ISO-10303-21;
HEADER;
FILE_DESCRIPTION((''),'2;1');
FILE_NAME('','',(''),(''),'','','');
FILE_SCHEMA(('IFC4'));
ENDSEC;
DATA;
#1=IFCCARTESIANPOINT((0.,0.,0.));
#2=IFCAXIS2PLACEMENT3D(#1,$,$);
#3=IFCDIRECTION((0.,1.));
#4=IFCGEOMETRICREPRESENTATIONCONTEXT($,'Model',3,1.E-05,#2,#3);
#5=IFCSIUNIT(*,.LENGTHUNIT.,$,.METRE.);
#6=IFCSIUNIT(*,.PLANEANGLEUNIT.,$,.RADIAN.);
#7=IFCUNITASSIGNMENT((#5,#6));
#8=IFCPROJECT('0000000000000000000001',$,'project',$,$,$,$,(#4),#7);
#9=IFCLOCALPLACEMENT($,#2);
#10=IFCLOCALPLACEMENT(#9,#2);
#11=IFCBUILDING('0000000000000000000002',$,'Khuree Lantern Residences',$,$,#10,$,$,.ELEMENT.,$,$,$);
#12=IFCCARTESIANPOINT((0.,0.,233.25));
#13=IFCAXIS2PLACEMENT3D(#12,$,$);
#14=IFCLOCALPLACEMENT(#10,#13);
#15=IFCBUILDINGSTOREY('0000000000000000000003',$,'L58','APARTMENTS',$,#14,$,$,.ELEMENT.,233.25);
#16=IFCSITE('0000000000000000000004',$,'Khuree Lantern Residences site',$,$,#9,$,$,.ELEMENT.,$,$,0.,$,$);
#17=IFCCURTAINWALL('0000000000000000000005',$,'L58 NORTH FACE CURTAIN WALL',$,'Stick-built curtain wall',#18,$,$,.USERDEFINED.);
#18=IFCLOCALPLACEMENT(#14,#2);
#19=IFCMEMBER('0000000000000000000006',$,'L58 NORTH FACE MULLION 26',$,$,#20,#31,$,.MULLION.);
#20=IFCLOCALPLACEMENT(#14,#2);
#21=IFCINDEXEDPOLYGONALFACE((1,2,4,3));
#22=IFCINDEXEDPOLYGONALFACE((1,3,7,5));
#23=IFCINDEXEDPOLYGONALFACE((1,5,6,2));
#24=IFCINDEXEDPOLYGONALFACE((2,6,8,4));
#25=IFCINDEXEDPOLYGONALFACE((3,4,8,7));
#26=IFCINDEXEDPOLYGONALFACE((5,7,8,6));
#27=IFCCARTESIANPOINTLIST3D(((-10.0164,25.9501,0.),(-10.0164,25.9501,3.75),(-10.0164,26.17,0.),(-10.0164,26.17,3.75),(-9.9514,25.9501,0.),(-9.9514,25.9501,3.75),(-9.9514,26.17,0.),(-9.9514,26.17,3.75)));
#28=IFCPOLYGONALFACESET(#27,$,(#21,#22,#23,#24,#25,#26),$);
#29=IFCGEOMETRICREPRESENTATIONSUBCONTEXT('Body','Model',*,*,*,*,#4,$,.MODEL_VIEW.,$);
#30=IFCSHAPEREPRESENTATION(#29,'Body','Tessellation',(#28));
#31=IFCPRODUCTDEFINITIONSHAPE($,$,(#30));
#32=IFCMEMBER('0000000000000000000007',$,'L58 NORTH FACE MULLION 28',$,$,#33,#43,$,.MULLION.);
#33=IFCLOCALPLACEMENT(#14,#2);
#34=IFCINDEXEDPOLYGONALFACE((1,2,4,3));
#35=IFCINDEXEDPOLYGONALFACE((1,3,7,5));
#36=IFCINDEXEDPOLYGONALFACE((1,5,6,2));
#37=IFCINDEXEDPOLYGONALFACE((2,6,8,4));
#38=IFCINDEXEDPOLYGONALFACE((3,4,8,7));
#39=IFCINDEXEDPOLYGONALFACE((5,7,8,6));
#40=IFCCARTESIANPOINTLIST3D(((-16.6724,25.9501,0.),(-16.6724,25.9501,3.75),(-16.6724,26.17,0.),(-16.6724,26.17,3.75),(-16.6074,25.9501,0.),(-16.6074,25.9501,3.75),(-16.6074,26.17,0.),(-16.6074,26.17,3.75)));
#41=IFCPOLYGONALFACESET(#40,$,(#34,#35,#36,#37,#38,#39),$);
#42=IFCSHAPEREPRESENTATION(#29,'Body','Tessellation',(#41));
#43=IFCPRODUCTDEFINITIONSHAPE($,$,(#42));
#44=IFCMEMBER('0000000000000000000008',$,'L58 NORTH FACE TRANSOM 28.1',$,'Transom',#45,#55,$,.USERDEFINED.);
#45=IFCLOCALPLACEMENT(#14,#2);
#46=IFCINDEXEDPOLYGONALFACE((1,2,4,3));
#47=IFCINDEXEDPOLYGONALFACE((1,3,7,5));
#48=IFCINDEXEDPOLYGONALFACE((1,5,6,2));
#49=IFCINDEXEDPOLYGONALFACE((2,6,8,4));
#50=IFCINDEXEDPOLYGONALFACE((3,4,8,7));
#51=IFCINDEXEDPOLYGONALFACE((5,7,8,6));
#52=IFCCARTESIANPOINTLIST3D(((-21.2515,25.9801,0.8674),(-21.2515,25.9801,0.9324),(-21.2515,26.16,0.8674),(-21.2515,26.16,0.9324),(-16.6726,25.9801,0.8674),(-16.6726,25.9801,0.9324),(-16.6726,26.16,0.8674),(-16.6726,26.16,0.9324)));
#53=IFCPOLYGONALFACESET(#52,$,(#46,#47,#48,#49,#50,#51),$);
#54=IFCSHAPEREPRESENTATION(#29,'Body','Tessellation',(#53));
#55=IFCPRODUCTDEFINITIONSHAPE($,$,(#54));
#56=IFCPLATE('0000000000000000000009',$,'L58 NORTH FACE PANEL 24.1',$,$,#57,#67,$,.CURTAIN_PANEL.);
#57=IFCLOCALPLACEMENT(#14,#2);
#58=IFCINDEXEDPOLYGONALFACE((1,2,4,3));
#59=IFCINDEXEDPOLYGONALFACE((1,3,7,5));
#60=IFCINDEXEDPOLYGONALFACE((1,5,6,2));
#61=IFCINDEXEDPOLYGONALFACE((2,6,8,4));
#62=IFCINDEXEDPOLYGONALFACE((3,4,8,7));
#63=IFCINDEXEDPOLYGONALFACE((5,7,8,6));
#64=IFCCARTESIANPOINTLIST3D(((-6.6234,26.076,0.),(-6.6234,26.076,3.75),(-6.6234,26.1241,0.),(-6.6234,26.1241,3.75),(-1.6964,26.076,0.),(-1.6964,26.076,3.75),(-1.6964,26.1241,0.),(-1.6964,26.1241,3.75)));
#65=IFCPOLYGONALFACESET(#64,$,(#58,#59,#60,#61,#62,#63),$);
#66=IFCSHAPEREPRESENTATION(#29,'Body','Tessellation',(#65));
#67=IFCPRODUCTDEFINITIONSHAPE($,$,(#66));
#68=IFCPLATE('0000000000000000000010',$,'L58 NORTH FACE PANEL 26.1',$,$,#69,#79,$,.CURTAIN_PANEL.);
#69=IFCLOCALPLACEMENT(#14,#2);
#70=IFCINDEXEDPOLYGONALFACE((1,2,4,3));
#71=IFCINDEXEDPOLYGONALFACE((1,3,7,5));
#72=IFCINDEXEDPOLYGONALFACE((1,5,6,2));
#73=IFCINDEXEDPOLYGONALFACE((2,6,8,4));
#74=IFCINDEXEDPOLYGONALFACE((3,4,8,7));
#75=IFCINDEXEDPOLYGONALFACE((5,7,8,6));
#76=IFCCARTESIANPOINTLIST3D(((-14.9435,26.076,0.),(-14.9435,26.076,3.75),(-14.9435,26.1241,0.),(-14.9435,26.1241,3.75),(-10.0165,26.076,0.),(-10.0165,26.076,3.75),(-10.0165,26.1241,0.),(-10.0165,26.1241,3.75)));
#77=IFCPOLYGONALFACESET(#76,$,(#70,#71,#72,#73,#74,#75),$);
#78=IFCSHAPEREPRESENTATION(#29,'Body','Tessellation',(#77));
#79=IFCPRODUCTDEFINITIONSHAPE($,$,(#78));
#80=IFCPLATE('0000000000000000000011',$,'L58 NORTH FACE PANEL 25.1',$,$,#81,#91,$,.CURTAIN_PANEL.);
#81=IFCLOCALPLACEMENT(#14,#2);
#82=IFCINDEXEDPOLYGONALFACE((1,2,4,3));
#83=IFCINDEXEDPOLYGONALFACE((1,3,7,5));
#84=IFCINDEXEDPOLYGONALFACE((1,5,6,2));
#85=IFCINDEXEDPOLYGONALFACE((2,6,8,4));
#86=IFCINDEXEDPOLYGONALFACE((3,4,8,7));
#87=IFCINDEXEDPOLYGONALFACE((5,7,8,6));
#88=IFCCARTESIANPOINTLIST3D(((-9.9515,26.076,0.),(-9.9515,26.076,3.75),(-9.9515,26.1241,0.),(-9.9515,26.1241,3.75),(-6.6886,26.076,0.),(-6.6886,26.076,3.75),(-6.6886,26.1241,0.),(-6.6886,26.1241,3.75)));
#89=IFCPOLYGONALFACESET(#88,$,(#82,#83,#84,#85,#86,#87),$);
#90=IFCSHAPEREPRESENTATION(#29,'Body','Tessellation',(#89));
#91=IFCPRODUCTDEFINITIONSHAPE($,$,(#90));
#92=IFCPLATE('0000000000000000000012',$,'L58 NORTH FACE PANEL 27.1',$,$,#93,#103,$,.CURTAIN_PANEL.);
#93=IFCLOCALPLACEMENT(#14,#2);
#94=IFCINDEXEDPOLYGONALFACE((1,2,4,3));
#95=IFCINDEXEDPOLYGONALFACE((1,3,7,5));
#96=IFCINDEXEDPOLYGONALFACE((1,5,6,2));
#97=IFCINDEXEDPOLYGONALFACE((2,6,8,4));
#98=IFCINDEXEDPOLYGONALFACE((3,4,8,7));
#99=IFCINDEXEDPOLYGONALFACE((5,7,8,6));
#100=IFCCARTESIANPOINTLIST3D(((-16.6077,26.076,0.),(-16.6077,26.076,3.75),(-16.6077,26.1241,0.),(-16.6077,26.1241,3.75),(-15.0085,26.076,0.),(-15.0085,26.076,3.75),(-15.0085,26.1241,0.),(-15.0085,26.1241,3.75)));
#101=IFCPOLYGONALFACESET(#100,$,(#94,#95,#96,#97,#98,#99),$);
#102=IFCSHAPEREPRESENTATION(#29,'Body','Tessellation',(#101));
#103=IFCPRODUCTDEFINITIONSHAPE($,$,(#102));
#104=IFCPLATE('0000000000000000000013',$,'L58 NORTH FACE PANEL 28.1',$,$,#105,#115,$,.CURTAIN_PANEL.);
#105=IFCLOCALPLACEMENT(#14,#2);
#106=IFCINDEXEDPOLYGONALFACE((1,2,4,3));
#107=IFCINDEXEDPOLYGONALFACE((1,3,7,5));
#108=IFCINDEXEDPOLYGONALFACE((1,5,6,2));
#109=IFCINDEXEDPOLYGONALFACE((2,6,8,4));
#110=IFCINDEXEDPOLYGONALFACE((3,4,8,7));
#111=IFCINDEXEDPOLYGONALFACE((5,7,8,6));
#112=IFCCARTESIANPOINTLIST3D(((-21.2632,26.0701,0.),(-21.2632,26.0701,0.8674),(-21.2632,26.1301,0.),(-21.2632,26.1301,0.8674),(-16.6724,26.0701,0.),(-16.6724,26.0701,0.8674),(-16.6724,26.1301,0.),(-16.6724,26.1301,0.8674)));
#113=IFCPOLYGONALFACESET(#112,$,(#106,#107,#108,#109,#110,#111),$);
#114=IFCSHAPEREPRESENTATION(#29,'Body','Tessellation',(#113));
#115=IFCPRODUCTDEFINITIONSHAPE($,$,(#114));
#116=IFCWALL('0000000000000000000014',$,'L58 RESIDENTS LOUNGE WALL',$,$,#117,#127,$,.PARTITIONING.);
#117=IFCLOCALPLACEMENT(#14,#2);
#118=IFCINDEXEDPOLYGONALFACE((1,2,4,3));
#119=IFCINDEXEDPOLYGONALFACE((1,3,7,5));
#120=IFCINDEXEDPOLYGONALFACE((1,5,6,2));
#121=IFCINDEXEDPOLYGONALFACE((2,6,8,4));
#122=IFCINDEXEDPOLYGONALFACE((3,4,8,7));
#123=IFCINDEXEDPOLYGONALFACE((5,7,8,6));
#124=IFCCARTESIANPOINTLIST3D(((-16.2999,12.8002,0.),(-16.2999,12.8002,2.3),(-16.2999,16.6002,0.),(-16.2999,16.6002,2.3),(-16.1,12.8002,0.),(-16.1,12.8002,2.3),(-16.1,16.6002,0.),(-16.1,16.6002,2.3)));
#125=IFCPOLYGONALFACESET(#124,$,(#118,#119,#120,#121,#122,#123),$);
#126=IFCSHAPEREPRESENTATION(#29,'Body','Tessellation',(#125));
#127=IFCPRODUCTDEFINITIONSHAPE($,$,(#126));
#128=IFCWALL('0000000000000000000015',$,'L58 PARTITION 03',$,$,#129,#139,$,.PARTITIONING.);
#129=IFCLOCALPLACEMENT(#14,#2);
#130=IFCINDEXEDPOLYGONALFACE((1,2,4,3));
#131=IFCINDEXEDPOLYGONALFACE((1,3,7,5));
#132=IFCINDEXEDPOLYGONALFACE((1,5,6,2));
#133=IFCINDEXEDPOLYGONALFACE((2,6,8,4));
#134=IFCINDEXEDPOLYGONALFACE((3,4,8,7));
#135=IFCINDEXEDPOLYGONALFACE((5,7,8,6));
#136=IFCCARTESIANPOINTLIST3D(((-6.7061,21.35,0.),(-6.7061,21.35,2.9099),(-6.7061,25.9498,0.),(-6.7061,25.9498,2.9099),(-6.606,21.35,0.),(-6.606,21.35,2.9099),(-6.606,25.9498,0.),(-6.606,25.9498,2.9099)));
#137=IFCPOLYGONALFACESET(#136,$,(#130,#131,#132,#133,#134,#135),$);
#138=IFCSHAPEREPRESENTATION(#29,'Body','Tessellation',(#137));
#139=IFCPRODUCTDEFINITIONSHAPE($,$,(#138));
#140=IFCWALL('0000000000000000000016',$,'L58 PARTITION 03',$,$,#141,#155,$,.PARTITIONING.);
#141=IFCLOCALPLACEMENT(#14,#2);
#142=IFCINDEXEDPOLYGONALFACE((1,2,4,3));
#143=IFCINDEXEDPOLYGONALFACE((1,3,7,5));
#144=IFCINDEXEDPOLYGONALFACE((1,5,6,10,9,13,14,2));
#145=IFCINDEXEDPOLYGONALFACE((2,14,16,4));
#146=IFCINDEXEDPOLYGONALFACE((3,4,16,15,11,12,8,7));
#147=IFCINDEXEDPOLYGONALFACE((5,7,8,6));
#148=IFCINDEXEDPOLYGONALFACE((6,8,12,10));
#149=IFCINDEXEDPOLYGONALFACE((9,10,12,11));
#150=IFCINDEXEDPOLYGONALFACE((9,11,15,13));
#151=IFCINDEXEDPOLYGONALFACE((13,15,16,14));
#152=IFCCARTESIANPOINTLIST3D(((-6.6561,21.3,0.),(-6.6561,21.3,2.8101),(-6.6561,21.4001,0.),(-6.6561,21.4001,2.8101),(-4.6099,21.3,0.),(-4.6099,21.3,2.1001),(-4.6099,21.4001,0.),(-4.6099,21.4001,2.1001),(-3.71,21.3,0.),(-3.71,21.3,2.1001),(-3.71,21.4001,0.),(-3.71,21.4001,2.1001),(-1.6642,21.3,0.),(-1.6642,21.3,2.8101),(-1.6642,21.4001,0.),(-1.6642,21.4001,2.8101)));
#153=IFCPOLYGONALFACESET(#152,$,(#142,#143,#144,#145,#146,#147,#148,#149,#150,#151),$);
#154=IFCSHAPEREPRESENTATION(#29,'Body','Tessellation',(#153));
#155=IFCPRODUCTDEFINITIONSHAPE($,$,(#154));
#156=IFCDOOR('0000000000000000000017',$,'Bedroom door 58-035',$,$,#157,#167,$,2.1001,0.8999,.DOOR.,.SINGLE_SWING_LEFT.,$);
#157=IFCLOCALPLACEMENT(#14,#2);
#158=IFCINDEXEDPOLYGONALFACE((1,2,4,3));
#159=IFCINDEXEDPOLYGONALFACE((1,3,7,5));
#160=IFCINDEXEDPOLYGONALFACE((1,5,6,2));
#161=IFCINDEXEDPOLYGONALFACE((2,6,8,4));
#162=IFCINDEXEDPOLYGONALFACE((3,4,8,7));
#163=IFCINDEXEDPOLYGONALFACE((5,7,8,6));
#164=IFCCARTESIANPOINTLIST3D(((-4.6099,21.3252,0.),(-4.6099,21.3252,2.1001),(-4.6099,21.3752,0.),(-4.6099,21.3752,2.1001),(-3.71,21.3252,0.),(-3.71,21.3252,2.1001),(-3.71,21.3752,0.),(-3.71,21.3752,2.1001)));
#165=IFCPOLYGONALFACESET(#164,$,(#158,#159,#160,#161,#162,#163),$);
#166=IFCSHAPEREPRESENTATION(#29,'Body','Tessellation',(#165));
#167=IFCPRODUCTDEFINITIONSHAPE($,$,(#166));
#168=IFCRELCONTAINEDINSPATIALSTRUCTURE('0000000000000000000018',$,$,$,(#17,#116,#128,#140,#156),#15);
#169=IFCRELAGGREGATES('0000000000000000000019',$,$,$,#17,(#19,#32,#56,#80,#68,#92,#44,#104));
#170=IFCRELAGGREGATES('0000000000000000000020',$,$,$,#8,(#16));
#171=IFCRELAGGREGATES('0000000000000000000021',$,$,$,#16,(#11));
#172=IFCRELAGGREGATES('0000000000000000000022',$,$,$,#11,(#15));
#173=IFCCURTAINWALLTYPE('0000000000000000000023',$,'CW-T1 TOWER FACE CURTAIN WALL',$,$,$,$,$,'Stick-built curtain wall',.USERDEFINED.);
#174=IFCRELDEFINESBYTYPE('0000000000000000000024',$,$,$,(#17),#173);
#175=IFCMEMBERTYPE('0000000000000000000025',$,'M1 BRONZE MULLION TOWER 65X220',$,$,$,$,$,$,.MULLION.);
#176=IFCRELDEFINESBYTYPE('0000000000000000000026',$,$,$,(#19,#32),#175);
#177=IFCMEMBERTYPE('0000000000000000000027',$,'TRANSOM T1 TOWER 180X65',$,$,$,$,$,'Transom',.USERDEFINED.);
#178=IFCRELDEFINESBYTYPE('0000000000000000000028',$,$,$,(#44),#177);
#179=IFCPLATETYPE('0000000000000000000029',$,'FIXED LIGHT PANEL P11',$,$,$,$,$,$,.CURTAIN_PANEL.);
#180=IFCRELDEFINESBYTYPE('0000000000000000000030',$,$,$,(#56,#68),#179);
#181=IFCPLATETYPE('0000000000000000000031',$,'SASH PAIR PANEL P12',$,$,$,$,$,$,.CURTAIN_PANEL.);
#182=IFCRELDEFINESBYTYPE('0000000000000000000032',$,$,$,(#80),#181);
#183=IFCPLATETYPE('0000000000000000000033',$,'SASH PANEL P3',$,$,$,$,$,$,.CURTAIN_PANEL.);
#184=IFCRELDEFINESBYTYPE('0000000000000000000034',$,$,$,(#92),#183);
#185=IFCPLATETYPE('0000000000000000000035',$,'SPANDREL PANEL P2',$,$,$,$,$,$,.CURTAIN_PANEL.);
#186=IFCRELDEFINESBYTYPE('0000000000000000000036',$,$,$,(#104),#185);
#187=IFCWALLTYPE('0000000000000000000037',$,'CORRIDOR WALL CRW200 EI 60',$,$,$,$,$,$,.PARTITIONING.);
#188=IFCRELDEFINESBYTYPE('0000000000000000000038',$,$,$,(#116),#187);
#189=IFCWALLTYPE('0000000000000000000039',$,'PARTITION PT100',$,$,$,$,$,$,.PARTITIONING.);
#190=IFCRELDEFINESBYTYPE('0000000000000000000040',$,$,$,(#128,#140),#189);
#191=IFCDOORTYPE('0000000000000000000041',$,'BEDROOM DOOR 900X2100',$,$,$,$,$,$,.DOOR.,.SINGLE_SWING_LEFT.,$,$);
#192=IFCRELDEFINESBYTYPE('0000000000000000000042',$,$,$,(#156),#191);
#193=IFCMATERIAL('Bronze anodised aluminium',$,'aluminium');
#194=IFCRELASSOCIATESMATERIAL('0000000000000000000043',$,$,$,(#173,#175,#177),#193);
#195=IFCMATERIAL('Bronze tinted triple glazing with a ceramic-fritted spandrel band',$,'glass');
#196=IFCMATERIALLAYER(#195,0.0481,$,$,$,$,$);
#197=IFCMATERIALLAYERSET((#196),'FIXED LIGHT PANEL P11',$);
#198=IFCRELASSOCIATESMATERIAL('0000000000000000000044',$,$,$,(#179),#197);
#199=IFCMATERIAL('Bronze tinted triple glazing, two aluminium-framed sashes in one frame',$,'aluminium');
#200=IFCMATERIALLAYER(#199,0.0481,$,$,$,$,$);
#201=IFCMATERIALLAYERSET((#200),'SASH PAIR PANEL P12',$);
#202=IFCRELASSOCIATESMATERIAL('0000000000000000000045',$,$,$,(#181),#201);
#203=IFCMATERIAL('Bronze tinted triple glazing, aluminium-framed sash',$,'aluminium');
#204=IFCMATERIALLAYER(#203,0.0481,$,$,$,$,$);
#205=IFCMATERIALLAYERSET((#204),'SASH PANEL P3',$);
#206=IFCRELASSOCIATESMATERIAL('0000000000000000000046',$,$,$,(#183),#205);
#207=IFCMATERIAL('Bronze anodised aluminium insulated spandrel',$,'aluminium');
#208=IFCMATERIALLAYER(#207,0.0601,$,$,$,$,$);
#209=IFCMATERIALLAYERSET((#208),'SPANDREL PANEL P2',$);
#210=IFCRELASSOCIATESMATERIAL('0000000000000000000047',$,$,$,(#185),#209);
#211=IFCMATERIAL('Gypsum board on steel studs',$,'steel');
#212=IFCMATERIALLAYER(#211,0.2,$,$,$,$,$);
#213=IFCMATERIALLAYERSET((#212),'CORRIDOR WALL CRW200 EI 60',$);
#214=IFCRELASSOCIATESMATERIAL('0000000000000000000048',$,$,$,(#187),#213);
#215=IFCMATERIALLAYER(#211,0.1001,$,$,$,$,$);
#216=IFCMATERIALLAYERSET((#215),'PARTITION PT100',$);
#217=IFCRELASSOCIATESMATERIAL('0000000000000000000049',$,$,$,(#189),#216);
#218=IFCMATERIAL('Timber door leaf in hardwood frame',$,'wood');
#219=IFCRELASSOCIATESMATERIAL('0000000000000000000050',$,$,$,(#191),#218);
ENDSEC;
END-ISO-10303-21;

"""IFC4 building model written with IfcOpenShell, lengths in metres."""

from ifc_helpers import new_model, si_unit, direction, frame, frame_2d, origin, origin_2d, place, context, subcontext, project, spatial, rectangle, extrude, material, layer, layer_set, material_profile, profile_set, type_object, element, fill, aggregate, save


model = new_model("IFC4")

# Units and contexts
model_context = context("Model", 3, precision=1e-05, world=origin(), true_north=direction((0.0, 1.0)))
body_context = subcontext(model_context, "Body", "Model", "MODEL_VIEW")
ifc_project = project(units=[si_unit("LENGTHUNIT", "METRE"), si_unit("PLANEANGLEUNIT", "RADIAN")], contexts=[model_context])

# Site, building, storey
site_placement = place(None, origin())
site = spatial("IfcSite", under=ifc_project, at=site_placement, Name="Khuree Lantern Residences site", CompositionType="ELEMENT", RefElevation=0.0)
building_placement = place(site_placement, origin())
building = spatial("IfcBuilding", under=site, at=building_placement, Name="Khuree Lantern Residences", CompositionType="ELEMENT")
storey_placement = place(building_placement, frame((0.0, 0.0, 233.25)))
storey = spatial("IfcBuildingStorey", under=building, at=storey_placement, Name="L58", Description="APARTMENTS", CompositionType="ELEMENT", Elevation=233.25)

# Curtain wall
ifc_material_1 = material(Name="Bronze anodised aluminium", Category="aluminium")
curtain_wall_type = type_object("IfcCurtainWallType", Name="CW-T1 TOWER FACE CURTAIN WALL", ElementType="Stick-built curtain wall", PredefinedType="USERDEFINED", material=ifc_material_1)
curtain_wall_placement = place(storey_placement, origin())
curtain_wall = element("IfcCurtainWall", 1, at=curtain_wall_placement, inside=storey, type_object=curtain_wall_type, Name="L58 NORTH FACE CURTAIN WALL", ObjectType="Stick-built curtain wall", PredefinedType="USERDEFINED")

# Members
ifc_material_profile_1 = material_profile(ifc_material_1, rectangle(XDim=0.0649, YDim=0.22, at=origin_2d()), Name="M1 65X220")
ifc_profile_set_1 = profile_set([ifc_material_profile_1], Name="Bronze anodised aluminium")
member_type_1 = type_object("IfcMemberType", Name="M1 BRONZE MULLION TOWER 65X220", PredefinedType="MULLION", material=ifc_profile_set_1)
member_1_placement = place(storey_placement, frame((-9.9839, 26.0601, 0.0), z_axis=(0.0, 0.0, 1.0), x_axis=(-1.0, 0.0, 0.0)))
member_1 = element("IfcMember", 2, at=member_1_placement, type_object=member_type_1, Name="L58 NORTH FACE MULLION 26", PredefinedType="MULLION", context=body_context, shape_type="SweptSolid", body=[
    extrude(rectangle(XDim=0.0649, YDim=0.22, at=origin_2d()), origin(), (0.0, 0.0, 1.0), 3.75),
])
member_2_placement = place(storey_placement, frame((-16.6399, 26.0601, 0.0), z_axis=(0.0, 0.0, 1.0), x_axis=(-1.0, 0.0, 0.0)))
member_2 = element("IfcMember", 3, at=member_2_placement, type_object=member_type_1, Name="L58 NORTH FACE MULLION 28", PredefinedType="MULLION", context=body_context, shape_type="SweptSolid", body=[
    extrude(rectangle(XDim=0.0649, YDim=0.22, at=origin_2d()), origin(), (0.0, 0.0, 1.0), 3.75),
])
ifc_material_profile_2 = material_profile(ifc_material_1, rectangle(XDim=0.1799, YDim=0.0649, at=origin_2d()), Name="T1 180X65")
ifc_profile_set_2 = profile_set([ifc_material_profile_2], Name="Bronze anodised aluminium")
member_type_2 = type_object("IfcMemberType", Name="TRANSOM T1 TOWER 180X65", ElementType="Transom", PredefinedType="USERDEFINED", material=ifc_profile_set_2)
member_3_placement = place(storey_placement, frame((-16.6726, 26.0701, 0.8999), z_axis=(-1.0, 0.0, 0.0), x_axis=(0.0, -1.0, 0.0)))
member_3 = element("IfcMember", 4, at=member_3_placement, type_object=member_type_2, Name="L58 NORTH FACE TRANSOM 28.1", ObjectType="Transom", PredefinedType="USERDEFINED", context=body_context, shape_type="SweptSolid", body=[
    extrude(rectangle(XDim=0.1799, YDim=0.0649, at=origin_2d()), origin(), (0.0, 0.0, 1.0), 4.5789),
])

# Plates
ifc_material_2 = material(Name="Bronze tinted triple glazing with a ceramic-fritted spandrel band", Category="glass")
ifc_layer_1 = layer(ifc_material_2, 0.0481)
ifc_layer_set_1 = layer_set([ifc_layer_1], Name="FIXED LIGHT PANEL P11")
plate_type_1 = type_object("IfcPlateType", Name="FIXED LIGHT PANEL P11", PredefinedType="CURTAIN_PANEL", material=ifc_layer_set_1)
plate_1_placement = place(storey_placement, frame((-4.1599, 26.1001, 0.0), z_axis=(0.0, 0.0, 1.0), x_axis=(-1.0, 0.0, 0.0)))
plate_1 = element("IfcPlate", 5, at=plate_1_placement, type_object=plate_type_1, Name="L58 NORTH FACE PANEL 24.1", PredefinedType="CURTAIN_PANEL", context=body_context, shape_type="SweptSolid", body=[
    extrude(rectangle(XDim=4.927, YDim=0.0481, at=origin_2d()), origin(), (0.0, 0.0, 1.0), 3.75),
])
plate_2_placement = place(storey_placement, frame((-12.48, 26.1001, 0.0), z_axis=(0.0, 0.0, 1.0), x_axis=(-1.0, 0.0, 0.0)))
plate_2 = element("IfcPlate", 6, at=plate_2_placement, type_object=plate_type_1, Name="L58 NORTH FACE PANEL 26.1", PredefinedType="CURTAIN_PANEL", context=body_context, shape_type="SweptSolid", body=[
    extrude(rectangle(XDim=4.927, YDim=0.0481, at=origin_2d()), origin(), (0.0, 0.0, 1.0), 3.75),
])
ifc_material_3 = material(Name="Bronze tinted triple glazing, two aluminium-framed sashes in one frame", Category="aluminium")
ifc_layer_2 = layer(ifc_material_3, 0.0481)
ifc_layer_set_2 = layer_set([ifc_layer_2], Name="SASH PAIR PANEL P12")
plate_type_2 = type_object("IfcPlateType", Name="SASH PAIR PANEL P12", PredefinedType="CURTAIN_PANEL", material=ifc_layer_set_2)
plate_3_placement = place(storey_placement, frame((-8.3201, 26.1001, 0.0), z_axis=(0.0, 0.0, 1.0), x_axis=(-1.0, 0.0, 0.0)))
plate_3 = element("IfcPlate", 7, at=plate_3_placement, type_object=plate_type_2, Name="L58 NORTH FACE PANEL 25.1", PredefinedType="CURTAIN_PANEL", context=body_context, shape_type="SweptSolid", body=[
    extrude(rectangle(XDim=3.2629, YDim=0.0481, at=origin_2d()), origin(), (0.0, 0.0, 1.0), 3.75),
])
ifc_material_4 = material(Name="Bronze tinted triple glazing, aluminium-framed sash", Category="aluminium")
ifc_layer_3 = layer(ifc_material_4, 0.0481)
ifc_layer_set_3 = layer_set([ifc_layer_3], Name="SASH PANEL P3")
plate_type_3 = type_object("IfcPlateType", Name="SASH PANEL P3", PredefinedType="CURTAIN_PANEL", material=ifc_layer_set_3)
plate_4_placement = place(storey_placement, frame((-15.8081, 26.1001, 0.0), z_axis=(0.0, 0.0, 1.0), x_axis=(-1.0, 0.0, 0.0)))
plate_4 = element("IfcPlate", 8, at=plate_4_placement, type_object=plate_type_3, Name="L58 NORTH FACE PANEL 27.1", PredefinedType="CURTAIN_PANEL", context=body_context, shape_type="SweptSolid", body=[
    extrude(rectangle(XDim=1.5991, YDim=0.0481, at=origin_2d()), origin(), (0.0, 0.0, 1.0), 3.75),
])
ifc_material_5 = material(Name="Bronze anodised aluminium insulated spandrel", Category="aluminium")
ifc_layer_4 = layer(ifc_material_5, 0.0601)
ifc_layer_set_4 = layer_set([ifc_layer_4], Name="SPANDREL PANEL P2")
plate_type_4 = type_object("IfcPlateType", Name="SPANDREL PANEL P2", PredefinedType="CURTAIN_PANEL", material=ifc_layer_set_4)
plate_5_placement = place(storey_placement, frame((-18.9678, 26.1001, 0.0), z_axis=(0.0, 0.0, 1.0), x_axis=(-1.0, 0.0, 0.0)))
plate_5 = element("IfcPlate", 9, at=plate_5_placement, type_object=plate_type_4, Name="L58 NORTH FACE PANEL 28.1", PredefinedType="CURTAIN_PANEL", context=body_context, shape_type="SweptSolid", body=[
    extrude(rectangle(XDim=4.5908, YDim=0.0601, at=origin_2d()), origin(), (0.0, 0.0, 1.0), 0.8674),
])
aggregate(curtain_wall, [member_1, member_2, plate_1, plate_3, plate_2, plate_4, member_3, plate_5])

# Walls
ifc_material_6 = material(Name="Gypsum board on steel studs", Category="steel")
ifc_layer_5 = layer(ifc_material_6, 0.2)
ifc_layer_set_5 = layer_set([ifc_layer_5], Name="CORRIDOR WALL CRW200 EI 60")
wall_type_1 = type_object("IfcWallType", Name="CORRIDOR WALL CRW200 EI 60", PredefinedType="PARTITIONING", material=ifc_layer_set_5)
wall_1_placement = place(storey_placement, frame((-16.2, 16.6001, 0.0), z_axis=(0.0, 0.0, 1.0), x_axis=(0.0, -1.0, 0.0)))
element("IfcWall", 10, at=wall_1_placement, inside=storey, type_object=wall_type_1, Name="L58 RESIDENTS LOUNGE WALL", PredefinedType="PARTITIONING", context=body_context, shape_type="SweptSolid", body=[
    extrude(rectangle(XDim=3.8, YDim=0.2, at=frame_2d((1.8999, 0.0))), origin(), (0.0, 0.0, 1.0), 2.3),
])
ifc_layer_6 = layer(ifc_material_6, 0.1001)
ifc_layer_set_6 = layer_set([ifc_layer_6], Name="PARTITION PT100")
wall_type_2 = type_object("IfcWallType", Name="PARTITION PT100", PredefinedType="PARTITIONING", material=ifc_layer_set_6)
wall_2_placement = place(storey_placement, frame((-6.656, 21.3501, 0.0), z_axis=(0.0, 0.0, 1.0), x_axis=(0.0, 1.0, 0.0)))
element("IfcWall", 11, at=wall_2_placement, inside=storey, type_object=wall_type_2, Name="L58 PARTITION 03", PredefinedType="PARTITIONING", context=body_context, shape_type="SweptSolid", body=[
    extrude(rectangle(XDim=4.5999, YDim=0.1001, at=frame_2d((2.2998, 0.0))), origin(), (0.0, 0.0, 1.0), 2.9099),
])

# Wall, opening, door
wall_3_placement = place(storey_placement, frame((-1.6641, 21.3501, 0.0), z_axis=(0.0, 0.0, 1.0), x_axis=(-1.0, 0.0, 0.0)))
wall_3 = element("IfcWall", 12, at=wall_3_placement, inside=storey, type_object=wall_type_2, Name="L58 PARTITION 03", PredefinedType="PARTITIONING", context=body_context, shape_type="SweptSolid", body=[
    extrude(rectangle(XDim=4.9919, YDim=0.1001, at=frame_2d((2.4961, 0.0))), origin(), (0.0, 0.0, 1.0), 2.8101),
])
opening_placement = place(wall_3_placement, frame((2.0459, 0.0, 0.0)))
opening = element("IfcOpeningElement", 13, at=opening_placement, cuts=wall_3, PredefinedType="OPENING", context=body_context, shape_type="SweptSolid", body=[
    extrude(rectangle(XDim=0.8999, YDim=2.1001, at=frame_2d((0.45, 1.05))), frame((0.0, 0.0601, 0.0), z_axis=(0.0, -1.0, 0.0), x_axis=(1.0, 0.0, 0.0)), (0.0, 0.0, 1.0), 0.1201),
])
ifc_material_7 = material(Name="Timber door leaf in hardwood frame", Category="wood")
door_type = type_object("IfcDoorType", Name="BEDROOM DOOR 900X2100", OperationType="SINGLE_SWING_LEFT", PredefinedType="DOOR", material=ifc_material_7)
door_placement = place(opening_placement, origin())
door = element("IfcDoor", 14, at=door_placement, inside=storey, type_object=door_type, Name="Bedroom door 58-035", OperationType="SINGLE_SWING_LEFT", OverallHeight=2.1001, OverallWidth=0.8999, PredefinedType="DOOR", context=body_context, shape_type="SweptSolid", body=[
    extrude(rectangle(XDim=0.8999, YDim=2.1001, at=frame_2d((0.45, 1.05))), frame((0.0, 0.0249, 0.0), z_axis=(0.0, -1.0, 0.0), x_axis=(1.0, 0.0, 0.0)), (0.0, 0.0, 1.0), 0.05),
])
fill(opening, door)

save(model, "model.ifc")
